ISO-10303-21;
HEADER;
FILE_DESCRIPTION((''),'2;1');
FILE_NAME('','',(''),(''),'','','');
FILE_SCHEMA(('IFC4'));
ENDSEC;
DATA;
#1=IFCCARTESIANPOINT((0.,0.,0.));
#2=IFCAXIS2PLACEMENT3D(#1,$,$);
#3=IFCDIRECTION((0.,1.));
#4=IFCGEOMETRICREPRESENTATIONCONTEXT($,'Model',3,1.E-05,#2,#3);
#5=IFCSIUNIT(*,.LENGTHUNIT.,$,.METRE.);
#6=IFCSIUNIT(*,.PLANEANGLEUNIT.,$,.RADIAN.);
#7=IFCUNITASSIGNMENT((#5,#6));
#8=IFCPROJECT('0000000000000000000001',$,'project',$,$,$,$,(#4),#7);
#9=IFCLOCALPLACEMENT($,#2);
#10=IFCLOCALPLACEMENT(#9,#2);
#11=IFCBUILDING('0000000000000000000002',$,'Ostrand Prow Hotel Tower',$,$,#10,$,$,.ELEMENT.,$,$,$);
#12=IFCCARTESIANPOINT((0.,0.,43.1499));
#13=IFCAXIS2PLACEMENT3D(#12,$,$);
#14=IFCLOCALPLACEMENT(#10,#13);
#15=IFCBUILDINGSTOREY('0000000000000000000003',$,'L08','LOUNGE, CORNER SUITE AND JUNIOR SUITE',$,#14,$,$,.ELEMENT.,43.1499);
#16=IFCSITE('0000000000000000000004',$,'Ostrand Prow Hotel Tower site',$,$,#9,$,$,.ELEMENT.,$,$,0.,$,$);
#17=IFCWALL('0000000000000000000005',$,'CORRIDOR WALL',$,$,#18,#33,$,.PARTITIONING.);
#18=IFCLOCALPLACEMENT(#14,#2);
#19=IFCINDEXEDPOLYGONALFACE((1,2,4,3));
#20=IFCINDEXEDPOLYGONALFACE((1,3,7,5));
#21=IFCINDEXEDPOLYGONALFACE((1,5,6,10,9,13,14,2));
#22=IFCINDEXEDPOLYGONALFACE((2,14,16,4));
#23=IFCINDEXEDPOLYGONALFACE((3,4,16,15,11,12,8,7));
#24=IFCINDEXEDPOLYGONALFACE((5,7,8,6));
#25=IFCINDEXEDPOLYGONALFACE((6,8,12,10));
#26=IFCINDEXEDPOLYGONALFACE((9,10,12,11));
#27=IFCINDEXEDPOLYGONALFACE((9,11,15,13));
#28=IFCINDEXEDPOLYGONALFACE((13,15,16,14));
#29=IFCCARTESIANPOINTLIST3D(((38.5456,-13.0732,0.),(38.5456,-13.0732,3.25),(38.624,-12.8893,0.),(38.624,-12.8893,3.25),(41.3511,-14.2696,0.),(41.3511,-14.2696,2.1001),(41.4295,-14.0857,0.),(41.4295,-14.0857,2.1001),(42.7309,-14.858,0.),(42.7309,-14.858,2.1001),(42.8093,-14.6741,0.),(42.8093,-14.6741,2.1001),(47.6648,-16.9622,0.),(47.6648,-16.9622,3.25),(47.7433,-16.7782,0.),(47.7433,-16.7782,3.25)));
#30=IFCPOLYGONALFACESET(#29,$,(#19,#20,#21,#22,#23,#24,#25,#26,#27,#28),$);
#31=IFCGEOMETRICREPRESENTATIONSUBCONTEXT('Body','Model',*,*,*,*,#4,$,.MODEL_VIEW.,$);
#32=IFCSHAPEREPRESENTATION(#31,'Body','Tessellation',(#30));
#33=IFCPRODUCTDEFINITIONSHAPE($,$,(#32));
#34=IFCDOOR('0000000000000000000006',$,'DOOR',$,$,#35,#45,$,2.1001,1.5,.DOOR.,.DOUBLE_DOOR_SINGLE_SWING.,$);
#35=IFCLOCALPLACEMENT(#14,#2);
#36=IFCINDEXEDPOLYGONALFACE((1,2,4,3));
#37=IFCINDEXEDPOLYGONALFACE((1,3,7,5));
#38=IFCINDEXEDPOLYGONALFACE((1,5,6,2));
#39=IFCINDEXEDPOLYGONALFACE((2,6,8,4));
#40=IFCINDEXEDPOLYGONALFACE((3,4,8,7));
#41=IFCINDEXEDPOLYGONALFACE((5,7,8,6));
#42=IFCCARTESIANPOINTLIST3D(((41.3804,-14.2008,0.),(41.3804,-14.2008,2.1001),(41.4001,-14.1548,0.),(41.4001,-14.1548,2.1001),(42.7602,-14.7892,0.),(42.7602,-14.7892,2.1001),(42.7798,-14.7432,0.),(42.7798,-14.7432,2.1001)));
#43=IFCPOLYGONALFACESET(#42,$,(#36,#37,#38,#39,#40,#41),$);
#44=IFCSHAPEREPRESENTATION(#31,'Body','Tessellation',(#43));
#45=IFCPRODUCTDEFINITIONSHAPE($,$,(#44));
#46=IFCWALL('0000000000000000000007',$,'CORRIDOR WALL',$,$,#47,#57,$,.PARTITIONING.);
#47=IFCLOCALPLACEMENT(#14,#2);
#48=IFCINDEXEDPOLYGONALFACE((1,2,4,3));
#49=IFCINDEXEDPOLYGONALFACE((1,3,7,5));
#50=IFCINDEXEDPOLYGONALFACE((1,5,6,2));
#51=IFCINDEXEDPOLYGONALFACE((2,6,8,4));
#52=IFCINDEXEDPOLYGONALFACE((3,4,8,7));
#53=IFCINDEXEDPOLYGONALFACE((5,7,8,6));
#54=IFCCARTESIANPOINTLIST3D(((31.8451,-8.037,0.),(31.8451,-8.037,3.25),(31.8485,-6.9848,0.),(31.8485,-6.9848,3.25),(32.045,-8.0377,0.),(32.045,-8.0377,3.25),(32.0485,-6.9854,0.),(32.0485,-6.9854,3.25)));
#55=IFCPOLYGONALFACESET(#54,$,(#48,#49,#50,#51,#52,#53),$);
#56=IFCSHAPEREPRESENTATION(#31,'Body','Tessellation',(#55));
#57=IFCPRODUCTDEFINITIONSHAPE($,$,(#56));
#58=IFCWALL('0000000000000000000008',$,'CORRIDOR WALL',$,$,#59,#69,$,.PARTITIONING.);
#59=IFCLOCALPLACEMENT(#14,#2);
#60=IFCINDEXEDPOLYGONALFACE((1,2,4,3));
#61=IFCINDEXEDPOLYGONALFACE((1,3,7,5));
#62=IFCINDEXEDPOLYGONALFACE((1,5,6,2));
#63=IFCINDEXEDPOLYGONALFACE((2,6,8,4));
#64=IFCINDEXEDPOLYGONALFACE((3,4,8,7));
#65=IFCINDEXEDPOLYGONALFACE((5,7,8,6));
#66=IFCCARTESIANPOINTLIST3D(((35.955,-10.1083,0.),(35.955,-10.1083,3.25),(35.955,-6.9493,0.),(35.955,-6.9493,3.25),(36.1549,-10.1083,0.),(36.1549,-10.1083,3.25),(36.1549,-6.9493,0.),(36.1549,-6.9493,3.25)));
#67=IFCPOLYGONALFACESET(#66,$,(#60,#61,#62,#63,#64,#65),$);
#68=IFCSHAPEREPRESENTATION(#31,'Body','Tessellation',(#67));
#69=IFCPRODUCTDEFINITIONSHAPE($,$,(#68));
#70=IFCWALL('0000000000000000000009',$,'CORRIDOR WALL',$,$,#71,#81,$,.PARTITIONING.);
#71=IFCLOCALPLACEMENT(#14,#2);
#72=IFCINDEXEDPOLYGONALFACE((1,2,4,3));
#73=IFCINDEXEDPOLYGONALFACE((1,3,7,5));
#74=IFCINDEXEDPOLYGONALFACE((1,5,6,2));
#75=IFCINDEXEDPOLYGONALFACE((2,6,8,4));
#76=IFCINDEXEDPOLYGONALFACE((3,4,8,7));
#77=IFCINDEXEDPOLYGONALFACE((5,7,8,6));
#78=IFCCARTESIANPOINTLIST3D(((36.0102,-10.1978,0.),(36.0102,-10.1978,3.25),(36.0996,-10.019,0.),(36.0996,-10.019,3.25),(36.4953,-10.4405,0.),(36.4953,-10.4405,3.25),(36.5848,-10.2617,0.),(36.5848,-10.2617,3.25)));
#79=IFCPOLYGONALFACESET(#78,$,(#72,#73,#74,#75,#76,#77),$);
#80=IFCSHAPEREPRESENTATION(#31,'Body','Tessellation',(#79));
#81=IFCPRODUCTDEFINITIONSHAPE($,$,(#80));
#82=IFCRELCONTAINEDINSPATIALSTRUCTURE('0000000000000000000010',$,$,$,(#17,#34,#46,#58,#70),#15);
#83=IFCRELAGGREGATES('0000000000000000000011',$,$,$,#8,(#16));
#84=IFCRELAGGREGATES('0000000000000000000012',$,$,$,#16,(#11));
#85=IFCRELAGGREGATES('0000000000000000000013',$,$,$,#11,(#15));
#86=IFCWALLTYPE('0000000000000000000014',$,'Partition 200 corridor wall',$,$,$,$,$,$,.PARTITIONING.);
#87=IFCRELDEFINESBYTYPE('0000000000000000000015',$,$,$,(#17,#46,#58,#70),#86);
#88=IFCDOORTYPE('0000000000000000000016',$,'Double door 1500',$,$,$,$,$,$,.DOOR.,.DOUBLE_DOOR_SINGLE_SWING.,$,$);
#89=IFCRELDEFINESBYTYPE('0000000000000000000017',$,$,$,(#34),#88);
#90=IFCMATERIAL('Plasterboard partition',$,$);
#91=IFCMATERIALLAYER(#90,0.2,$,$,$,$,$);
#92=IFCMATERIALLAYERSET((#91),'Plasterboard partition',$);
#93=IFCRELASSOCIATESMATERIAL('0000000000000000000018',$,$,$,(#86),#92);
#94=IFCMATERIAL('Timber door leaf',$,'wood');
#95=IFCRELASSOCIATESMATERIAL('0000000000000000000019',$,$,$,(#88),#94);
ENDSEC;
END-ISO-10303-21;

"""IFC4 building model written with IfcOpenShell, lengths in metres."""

from ifc_helpers import new_model, si_unit, direction, frame, frame_2d, origin, place, context, subcontext, project, spatial, rectangle, extrude, material, layer, layer_set, type_object, element, fill, save


model = new_model("IFC4")

# Units and contexts
model_context = context("Model", 3, precision=1e-05, world=origin(), true_north=direction((0.0, 1.0)))
body_context = subcontext(model_context, "Body", "Model", "MODEL_VIEW")
ifc_project = project(units=[si_unit("LENGTHUNIT", "METRE"), si_unit("PLANEANGLEUNIT", "RADIAN")], contexts=[model_context])

# Site, building, storey
site_placement = place(None, origin())
site = spatial("IfcSite", under=ifc_project, at=site_placement, Name="Ostrand Prow Hotel Tower site", CompositionType="ELEMENT", RefElevation=0.0)
building_placement = place(site_placement, origin())
building = spatial("IfcBuilding", under=site, at=building_placement, Name="Ostrand Prow Hotel Tower", CompositionType="ELEMENT")
storey_placement = place(building_placement, frame((0.0, 0.0, 43.1499)))
storey = spatial("IfcBuildingStorey", under=building, at=storey_placement, Name="L08", Description="LOUNGE, CORNER SUITE AND JUNIOR SUITE", CompositionType="ELEMENT", Elevation=43.1499)

# Shared definitions
ifc_material_1 = material(Name="Plasterboard partition")
ifc_layer_1 = layer(ifc_material_1, 0.2)
ifc_layer_set_1 = layer_set([ifc_layer_1], Name="Plasterboard partition")
wall_type_1 = type_object("IfcWallType", Name="Partition 200 corridor wall", PredefinedType="PARTITIONING", material=ifc_layer_set_1)

# Wall, opening, door
wall_1_placement = place(storey_placement, frame((38.5847, -12.9812, 0.0), z_axis=(0.0, 0.0, 1.0), x_axis=(0.919848, -0.392275, 0.0)))
wall_1 = element("IfcWall", 1, at=wall_1_placement, inside=storey, type_object=wall_type_1, Name="CORRIDOR WALL", PredefinedType="PARTITIONING", context=body_context, shape_type="SweptSolid", body=[
    extrude(rectangle(XDim=9.9138, YDim=0.2, at=frame_2d((4.957, 0.0))), origin(), (0.0, 0.0, 1.0), 3.25),
])
opening_1_placement = place(wall_1_placement, frame((3.05, 0.0, 0.0)))
opening_1 = element("IfcOpeningElement", 2, at=opening_1_placement, cuts=wall_1, PredefinedType="OPENING", context=body_context, shape_type="SweptSolid", body=[
    extrude(rectangle(XDim=1.5, YDim=2.1001, at=frame_2d((0.75, 1.05))), frame((0.0, 0.1099, 0.0), z_axis=(0.0, -1.0, 0.0), x_axis=(1.0, 0.0, 0.0)), (0.0, 0.0, 1.0), 0.22),
])
ifc_material_2 = material(Name="Timber door leaf", Category="wood")
door_type_1 = type_object("IfcDoorType", Name="Double door 1500", OperationType="DOUBLE_DOOR_SINGLE_SWING", PredefinedType="DOOR", material=ifc_material_2)
door_1_placement = place(opening_1_placement, origin())
door_1 = element("IfcDoor", 3, at=door_1_placement, inside=storey, type_object=door_type_1, Name="DOOR", OperationType="DOUBLE_DOOR_SINGLE_SWING", OverallHeight=2.1001, OverallWidth=1.5, PredefinedType="DOOR", context=body_context, shape_type="SweptSolid", body=[
    extrude(rectangle(XDim=1.5, YDim=2.1001, at=frame_2d((0.75, 1.05))), frame((0.0, 0.0249, 0.0), z_axis=(0.0, -1.0, 0.0), x_axis=(1.0, 0.0, 0.0)), (0.0, 0.0, 1.0), 0.05),
])
fill(opening_1, door_1)

# Walls
wall_2_placement = place(storey_placement, frame((31.9485, -6.9851, 0.0), z_axis=(0.0, 0.0, 1.0), x_axis=(-0.003248, -0.999995, 0.0)))
element("IfcWall", 4, at=wall_2_placement, inside=storey, type_object=wall_type_1, Name="CORRIDOR WALL", PredefinedType="PARTITIONING", context=body_context, shape_type="SweptSolid", body=[
    extrude(rectangle(XDim=1.0522, YDim=0.2, at=frame_2d((0.5261, 0.0))), origin(), (0.0, 0.0, 1.0), 3.25),
])
wall_3_placement = place(storey_placement, frame((36.0549, -10.1084, 0.0), z_axis=(0.0, 0.0, 1.0), x_axis=(0.0, 1.0, 0.0)))
element("IfcWall", 5, at=wall_3_placement, inside=storey, type_object=wall_type_1, Name="CORRIDOR WALL", PredefinedType="PARTITIONING", context=body_context, shape_type="SweptSolid", body=[
    extrude(rectangle(XDim=3.1589, YDim=0.2, at=frame_2d((1.5796, 0.0))), origin(), (0.0, 0.0, 1.0), 3.25),
])
wall_4_placement = place(storey_placement, frame((36.54, -10.3511, 0.0), z_axis=(0.0, 0.0, 1.0), x_axis=(-0.894337, 0.447394, 0.0)))
element("IfcWall", 6, at=wall_4_placement, inside=storey, type_object=wall_type_1, Name="CORRIDOR WALL", PredefinedType="PARTITIONING", context=body_context, shape_type="SweptSolid", body=[
    extrude(rectangle(XDim=0.5425, YDim=0.2, at=frame_2d((0.2712, 0.0))), origin(), (0.0, 0.0, 1.0), 3.25),
])

save(model, "model.ifc")
